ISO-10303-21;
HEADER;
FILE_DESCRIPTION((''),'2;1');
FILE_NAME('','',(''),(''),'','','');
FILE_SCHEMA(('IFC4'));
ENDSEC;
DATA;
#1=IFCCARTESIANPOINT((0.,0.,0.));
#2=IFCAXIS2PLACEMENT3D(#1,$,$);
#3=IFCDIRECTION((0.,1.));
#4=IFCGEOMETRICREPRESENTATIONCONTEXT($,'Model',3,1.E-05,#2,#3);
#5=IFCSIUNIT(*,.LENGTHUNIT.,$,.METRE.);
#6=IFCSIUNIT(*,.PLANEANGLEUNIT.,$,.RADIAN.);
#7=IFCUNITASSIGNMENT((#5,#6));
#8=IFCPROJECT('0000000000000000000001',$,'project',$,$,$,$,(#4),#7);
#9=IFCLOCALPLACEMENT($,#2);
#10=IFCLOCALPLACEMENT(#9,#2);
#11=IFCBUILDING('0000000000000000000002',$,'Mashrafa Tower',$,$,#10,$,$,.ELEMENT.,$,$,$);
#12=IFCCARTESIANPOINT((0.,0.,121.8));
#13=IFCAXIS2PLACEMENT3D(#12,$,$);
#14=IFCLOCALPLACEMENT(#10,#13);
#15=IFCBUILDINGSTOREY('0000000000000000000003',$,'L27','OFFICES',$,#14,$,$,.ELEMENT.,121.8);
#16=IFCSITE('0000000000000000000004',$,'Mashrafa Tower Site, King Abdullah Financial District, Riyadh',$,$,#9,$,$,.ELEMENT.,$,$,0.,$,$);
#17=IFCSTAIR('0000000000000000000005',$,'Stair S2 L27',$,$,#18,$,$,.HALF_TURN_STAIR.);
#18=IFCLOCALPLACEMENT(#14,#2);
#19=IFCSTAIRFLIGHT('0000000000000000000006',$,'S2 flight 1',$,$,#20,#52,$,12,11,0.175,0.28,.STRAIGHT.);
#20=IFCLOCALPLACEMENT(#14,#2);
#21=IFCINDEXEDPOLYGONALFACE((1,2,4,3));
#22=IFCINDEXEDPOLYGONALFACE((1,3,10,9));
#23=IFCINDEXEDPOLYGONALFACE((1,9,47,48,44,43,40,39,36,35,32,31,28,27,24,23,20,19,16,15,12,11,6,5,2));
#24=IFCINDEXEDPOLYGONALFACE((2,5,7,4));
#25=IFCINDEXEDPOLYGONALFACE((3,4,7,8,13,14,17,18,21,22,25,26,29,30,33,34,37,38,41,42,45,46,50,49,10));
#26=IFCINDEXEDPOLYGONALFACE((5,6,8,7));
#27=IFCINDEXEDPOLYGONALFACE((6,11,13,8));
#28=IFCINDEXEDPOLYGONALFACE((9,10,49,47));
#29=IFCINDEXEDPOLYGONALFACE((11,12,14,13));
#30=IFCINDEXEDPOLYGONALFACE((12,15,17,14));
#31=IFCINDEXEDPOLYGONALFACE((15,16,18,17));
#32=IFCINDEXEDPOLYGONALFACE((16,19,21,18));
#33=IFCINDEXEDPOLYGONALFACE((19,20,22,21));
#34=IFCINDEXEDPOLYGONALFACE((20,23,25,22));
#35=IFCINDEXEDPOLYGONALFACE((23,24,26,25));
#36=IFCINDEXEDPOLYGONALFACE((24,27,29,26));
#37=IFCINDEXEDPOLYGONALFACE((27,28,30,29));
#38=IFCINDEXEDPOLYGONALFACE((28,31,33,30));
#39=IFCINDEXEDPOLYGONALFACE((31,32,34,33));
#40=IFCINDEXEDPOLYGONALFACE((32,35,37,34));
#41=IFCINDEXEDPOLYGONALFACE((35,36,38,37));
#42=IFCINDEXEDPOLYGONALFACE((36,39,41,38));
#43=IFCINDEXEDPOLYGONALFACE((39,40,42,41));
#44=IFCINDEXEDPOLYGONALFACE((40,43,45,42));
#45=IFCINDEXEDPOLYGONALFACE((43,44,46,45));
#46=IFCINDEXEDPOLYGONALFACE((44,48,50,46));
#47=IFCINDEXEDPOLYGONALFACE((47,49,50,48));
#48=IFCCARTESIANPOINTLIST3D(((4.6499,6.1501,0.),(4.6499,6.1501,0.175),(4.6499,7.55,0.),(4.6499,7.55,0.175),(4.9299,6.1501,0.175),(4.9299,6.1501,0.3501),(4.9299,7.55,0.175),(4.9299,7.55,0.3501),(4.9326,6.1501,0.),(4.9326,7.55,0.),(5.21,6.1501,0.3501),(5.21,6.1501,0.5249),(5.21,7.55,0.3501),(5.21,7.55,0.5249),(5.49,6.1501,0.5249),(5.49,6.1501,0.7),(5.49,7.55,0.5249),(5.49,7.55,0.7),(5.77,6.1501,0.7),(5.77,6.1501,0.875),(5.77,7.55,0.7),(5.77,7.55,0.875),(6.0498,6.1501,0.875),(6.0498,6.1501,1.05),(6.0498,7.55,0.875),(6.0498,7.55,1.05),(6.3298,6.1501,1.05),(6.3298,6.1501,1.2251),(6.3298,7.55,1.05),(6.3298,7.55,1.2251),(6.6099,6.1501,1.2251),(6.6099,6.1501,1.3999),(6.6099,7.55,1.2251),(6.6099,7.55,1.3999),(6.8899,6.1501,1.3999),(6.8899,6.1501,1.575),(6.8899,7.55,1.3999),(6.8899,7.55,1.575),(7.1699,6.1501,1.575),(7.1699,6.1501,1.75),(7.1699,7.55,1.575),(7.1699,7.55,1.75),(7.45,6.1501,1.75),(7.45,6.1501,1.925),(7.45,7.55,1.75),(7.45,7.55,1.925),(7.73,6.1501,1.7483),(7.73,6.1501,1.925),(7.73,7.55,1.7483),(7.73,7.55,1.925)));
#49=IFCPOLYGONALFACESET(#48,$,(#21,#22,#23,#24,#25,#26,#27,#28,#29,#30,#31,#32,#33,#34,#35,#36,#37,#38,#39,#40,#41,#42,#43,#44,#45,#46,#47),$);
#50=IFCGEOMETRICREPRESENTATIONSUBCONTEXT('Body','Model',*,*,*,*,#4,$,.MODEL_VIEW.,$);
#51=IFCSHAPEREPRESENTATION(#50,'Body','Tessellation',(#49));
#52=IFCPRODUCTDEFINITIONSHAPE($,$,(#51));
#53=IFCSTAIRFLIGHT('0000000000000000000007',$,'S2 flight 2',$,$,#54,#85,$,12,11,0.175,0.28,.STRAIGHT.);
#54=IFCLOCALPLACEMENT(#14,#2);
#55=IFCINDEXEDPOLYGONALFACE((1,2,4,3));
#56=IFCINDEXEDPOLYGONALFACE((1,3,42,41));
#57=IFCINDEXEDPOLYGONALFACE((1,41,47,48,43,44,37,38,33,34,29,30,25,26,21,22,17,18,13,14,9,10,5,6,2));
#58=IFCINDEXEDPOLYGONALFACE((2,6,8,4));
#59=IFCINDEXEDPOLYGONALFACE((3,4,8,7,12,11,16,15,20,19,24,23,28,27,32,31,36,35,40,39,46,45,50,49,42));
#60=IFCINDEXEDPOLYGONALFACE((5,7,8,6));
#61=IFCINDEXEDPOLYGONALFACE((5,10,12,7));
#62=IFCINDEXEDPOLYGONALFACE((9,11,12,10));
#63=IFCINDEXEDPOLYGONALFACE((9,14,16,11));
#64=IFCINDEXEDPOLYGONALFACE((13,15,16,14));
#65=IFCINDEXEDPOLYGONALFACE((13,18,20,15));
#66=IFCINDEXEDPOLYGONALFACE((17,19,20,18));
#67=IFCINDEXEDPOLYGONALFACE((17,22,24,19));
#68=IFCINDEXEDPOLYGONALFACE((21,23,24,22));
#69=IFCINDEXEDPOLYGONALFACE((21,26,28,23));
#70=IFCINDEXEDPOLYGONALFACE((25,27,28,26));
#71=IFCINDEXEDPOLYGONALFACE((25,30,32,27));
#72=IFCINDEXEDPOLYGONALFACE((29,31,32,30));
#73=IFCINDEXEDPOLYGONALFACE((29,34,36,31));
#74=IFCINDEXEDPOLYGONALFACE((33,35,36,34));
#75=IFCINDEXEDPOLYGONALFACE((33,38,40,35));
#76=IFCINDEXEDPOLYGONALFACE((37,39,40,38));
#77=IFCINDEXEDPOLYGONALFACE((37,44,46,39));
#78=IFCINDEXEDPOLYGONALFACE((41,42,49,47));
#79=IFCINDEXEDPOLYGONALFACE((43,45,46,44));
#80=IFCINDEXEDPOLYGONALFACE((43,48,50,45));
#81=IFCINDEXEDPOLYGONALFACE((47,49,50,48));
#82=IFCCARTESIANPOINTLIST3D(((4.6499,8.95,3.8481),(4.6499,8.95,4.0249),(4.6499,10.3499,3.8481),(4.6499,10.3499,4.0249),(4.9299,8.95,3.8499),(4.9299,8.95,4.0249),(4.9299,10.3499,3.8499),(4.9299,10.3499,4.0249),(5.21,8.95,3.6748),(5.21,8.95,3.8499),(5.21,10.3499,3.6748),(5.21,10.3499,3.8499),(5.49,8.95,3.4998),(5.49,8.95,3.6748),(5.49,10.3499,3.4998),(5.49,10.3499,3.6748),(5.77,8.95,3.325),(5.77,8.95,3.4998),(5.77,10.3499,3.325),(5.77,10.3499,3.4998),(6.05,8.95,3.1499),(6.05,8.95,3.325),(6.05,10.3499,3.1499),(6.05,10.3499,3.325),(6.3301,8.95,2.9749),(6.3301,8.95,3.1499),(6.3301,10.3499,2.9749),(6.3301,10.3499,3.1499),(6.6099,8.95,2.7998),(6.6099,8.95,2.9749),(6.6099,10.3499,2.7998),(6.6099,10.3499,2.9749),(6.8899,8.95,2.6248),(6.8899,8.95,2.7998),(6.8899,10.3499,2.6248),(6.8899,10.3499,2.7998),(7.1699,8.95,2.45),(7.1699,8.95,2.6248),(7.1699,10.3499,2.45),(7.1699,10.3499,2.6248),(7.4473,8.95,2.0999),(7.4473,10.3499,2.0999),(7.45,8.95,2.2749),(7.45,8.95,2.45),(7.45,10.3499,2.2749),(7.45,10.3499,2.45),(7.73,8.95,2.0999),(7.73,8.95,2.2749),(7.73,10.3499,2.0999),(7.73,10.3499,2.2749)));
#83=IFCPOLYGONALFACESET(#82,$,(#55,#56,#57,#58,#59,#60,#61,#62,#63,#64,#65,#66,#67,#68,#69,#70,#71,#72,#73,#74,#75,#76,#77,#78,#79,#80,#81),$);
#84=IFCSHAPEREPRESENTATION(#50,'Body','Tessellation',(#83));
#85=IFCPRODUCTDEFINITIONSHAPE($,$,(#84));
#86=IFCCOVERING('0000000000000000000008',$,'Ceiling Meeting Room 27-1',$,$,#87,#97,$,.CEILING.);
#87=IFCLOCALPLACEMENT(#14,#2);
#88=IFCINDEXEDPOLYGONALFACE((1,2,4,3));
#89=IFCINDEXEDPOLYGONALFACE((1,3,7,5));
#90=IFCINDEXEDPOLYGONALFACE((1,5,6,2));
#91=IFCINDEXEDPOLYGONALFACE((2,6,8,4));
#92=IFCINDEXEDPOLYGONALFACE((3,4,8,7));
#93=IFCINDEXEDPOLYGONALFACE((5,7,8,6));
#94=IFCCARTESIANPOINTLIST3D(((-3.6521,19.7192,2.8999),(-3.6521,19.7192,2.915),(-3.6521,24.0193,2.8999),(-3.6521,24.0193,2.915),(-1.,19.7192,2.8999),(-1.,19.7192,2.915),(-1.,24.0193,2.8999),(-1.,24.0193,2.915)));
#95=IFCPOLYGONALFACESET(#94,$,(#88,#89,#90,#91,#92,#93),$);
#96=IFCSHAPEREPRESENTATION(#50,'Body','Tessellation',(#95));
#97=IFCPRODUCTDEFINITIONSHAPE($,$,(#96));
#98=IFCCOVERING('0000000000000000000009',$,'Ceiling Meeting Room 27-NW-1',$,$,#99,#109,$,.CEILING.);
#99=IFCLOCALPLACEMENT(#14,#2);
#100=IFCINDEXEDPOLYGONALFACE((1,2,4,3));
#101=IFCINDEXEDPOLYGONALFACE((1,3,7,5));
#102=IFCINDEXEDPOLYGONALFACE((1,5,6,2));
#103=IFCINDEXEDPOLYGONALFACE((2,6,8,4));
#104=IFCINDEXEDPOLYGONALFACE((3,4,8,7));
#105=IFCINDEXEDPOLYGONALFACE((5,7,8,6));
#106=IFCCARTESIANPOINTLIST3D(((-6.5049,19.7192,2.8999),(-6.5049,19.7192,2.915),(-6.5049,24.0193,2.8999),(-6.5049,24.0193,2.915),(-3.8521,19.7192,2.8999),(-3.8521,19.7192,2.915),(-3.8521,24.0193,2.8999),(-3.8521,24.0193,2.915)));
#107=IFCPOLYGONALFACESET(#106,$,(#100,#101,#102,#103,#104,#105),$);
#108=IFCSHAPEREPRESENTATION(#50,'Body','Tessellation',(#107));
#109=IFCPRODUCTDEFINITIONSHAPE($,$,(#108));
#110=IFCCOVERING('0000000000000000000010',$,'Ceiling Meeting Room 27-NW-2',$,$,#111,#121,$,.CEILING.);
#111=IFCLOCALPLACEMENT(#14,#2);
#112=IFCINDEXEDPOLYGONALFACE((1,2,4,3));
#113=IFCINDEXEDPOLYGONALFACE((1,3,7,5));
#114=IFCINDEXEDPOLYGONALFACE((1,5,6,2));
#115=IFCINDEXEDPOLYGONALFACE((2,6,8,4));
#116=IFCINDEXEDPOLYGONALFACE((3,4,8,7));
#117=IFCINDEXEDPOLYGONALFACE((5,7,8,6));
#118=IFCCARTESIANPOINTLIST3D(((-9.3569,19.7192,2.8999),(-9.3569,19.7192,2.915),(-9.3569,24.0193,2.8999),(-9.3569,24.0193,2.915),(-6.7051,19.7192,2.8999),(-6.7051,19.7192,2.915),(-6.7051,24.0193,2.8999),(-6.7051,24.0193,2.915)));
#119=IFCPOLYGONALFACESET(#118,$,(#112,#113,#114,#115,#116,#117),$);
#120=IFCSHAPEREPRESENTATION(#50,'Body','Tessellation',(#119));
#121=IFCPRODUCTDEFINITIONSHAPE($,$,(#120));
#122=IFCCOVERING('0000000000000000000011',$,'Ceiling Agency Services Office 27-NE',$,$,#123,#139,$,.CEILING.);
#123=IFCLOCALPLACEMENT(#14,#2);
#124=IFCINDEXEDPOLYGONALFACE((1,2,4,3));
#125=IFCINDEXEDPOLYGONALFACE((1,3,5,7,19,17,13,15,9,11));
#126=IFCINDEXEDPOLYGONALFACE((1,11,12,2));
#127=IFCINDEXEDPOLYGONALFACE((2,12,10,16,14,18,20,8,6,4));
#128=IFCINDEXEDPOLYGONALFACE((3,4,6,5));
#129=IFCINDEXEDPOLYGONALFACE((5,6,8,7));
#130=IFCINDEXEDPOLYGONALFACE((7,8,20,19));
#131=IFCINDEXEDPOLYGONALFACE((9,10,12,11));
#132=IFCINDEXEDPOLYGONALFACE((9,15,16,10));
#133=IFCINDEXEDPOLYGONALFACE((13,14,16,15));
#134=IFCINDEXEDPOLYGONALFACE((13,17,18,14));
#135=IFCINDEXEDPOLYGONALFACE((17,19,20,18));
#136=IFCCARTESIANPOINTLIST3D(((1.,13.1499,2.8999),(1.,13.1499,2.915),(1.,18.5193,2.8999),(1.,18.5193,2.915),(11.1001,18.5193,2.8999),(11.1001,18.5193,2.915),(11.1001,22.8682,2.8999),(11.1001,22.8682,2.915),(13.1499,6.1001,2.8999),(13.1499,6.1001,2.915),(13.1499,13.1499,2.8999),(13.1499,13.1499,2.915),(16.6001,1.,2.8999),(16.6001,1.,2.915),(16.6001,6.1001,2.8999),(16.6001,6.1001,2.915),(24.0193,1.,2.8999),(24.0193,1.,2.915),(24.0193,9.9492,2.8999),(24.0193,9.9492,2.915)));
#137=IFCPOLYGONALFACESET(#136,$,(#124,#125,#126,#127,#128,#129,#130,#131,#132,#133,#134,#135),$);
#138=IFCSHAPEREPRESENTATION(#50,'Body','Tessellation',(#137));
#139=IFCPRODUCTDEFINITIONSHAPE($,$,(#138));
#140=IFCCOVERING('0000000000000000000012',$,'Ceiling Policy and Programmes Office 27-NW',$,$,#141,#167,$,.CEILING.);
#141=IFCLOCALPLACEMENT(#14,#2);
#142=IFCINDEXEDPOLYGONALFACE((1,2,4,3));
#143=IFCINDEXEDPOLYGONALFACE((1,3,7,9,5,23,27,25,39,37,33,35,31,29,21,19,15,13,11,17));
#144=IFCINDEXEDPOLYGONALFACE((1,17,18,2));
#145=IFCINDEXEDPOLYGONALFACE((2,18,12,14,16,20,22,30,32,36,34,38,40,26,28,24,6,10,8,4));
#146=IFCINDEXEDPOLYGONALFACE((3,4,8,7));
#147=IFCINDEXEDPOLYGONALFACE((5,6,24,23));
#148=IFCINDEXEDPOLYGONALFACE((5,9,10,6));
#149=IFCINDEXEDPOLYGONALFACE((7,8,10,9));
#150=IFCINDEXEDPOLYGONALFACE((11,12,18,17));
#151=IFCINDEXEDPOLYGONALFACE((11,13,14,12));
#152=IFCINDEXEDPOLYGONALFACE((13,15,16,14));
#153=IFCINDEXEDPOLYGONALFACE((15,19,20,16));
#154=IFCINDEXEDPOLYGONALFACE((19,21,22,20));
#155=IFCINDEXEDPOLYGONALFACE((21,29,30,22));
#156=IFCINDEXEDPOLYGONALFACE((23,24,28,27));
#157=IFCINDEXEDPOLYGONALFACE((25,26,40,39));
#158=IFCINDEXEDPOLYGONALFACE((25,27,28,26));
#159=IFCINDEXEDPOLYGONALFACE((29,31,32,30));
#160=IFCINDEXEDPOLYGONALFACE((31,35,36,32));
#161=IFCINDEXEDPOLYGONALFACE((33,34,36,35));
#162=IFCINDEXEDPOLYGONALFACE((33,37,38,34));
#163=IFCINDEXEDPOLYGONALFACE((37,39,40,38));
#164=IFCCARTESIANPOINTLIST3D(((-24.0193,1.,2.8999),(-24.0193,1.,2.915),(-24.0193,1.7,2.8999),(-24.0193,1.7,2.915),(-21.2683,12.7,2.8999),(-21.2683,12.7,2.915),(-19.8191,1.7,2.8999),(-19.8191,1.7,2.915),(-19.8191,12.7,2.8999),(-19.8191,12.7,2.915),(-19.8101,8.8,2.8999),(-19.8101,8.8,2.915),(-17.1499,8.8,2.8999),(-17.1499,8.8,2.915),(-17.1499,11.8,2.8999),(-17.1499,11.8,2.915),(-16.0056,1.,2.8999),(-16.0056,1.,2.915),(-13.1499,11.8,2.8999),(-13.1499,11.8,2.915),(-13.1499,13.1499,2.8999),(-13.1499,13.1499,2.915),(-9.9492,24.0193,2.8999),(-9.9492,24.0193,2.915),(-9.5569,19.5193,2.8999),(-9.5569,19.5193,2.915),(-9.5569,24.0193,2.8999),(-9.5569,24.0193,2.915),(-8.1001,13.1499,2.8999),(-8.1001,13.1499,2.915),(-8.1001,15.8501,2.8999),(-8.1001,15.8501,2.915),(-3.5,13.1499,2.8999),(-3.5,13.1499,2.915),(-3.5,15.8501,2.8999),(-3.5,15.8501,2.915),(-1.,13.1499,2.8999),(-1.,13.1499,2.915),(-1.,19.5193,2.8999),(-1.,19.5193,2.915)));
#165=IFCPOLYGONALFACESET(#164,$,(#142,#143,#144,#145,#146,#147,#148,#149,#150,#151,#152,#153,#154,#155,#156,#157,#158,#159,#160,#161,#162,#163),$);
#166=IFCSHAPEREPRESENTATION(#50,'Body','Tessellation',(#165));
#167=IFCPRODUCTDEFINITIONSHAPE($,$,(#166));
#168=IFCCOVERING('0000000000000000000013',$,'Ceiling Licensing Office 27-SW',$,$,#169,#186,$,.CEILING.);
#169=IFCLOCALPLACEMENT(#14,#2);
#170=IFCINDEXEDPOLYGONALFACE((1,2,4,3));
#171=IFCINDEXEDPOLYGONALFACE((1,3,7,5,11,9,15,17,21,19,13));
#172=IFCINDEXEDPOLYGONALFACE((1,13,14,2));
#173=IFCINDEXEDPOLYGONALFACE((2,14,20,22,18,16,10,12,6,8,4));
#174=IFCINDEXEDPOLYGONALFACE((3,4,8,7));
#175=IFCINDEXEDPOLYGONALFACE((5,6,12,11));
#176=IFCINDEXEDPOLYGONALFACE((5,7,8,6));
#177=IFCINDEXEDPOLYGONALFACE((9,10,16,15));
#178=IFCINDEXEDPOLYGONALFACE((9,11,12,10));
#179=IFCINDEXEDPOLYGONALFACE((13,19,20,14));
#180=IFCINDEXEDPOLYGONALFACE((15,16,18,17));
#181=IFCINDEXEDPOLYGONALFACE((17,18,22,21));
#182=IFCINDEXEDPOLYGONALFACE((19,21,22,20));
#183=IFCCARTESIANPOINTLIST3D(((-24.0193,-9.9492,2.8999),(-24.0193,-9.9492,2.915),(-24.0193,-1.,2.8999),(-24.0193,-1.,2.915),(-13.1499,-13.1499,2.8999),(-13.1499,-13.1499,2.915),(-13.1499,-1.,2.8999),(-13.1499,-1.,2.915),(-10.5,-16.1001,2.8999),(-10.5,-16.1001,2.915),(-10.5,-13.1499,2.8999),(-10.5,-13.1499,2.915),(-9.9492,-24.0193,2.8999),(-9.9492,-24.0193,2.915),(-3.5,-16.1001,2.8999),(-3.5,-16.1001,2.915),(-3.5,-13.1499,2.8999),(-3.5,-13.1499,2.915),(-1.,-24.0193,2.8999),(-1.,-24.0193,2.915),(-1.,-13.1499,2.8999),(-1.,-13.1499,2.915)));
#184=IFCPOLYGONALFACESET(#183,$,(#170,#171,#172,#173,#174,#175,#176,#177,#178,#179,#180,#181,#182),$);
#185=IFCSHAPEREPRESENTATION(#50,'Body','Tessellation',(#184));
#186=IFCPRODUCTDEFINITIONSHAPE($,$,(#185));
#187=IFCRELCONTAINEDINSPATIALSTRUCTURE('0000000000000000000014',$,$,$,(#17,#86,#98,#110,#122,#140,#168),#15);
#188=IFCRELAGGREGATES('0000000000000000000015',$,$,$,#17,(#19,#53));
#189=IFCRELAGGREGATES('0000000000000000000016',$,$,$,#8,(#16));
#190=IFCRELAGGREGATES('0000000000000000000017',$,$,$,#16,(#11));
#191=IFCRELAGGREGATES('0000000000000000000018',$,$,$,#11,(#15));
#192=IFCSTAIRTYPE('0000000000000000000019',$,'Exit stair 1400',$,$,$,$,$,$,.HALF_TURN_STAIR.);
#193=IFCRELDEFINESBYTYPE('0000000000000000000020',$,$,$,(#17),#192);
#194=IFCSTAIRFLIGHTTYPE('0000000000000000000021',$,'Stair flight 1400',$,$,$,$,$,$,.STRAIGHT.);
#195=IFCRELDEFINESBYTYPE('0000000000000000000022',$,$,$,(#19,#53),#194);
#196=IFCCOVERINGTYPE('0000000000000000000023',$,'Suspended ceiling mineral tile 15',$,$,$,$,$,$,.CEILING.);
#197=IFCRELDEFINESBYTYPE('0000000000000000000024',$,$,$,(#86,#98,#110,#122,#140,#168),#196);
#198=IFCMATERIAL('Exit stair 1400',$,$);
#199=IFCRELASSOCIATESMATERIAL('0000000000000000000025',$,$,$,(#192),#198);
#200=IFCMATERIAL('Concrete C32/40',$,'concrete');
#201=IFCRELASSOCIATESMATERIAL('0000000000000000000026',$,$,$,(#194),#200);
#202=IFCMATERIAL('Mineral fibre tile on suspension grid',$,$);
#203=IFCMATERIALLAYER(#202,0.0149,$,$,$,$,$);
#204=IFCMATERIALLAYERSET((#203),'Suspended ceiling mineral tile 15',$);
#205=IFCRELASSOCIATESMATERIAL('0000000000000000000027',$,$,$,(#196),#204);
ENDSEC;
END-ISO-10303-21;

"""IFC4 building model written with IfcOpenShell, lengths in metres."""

from ifc_helpers import new_model, si_unit, direction, frame, origin, place, context, subcontext, project, spatial, polyline, outline, extrude, material, layer, layer_set, type_object, element, aggregate, save


model = new_model("IFC4")

# Units and contexts
model_context = context("Model", 3, precision=1e-05, world=origin(), true_north=direction((0.0, 1.0)))
body_context = subcontext(model_context, "Body", "Model", "MODEL_VIEW")
ifc_project = project(units=[si_unit("LENGTHUNIT", "METRE"), si_unit("PLANEANGLEUNIT", "RADIAN")], contexts=[model_context])

# Site, building, storey
site_placement = place(None, origin())
site = spatial("IfcSite", under=ifc_project, at=site_placement, Name="Mashrafa Tower Site, King Abdullah Financial District, Riyadh", CompositionType="ELEMENT", RefElevation=0.0)
building_placement = place(site_placement, origin())
building = spatial("IfcBuilding", under=site, at=building_placement, Name="Mashrafa Tower", CompositionType="ELEMENT")
storey_placement = place(building_placement, frame((0.0, 0.0, 121.8)))
storey = spatial("IfcBuildingStorey", under=building, at=storey_placement, Name="L27", Description="OFFICES", CompositionType="ELEMENT", Elevation=121.8)

# Stair, stair flights
ifc_material_1 = material(Name="Exit stair 1400")
stair_type = type_object("IfcStairType", Name="Exit stair 1400", PredefinedType="HALF_TURN_STAIR", material=ifc_material_1)
stair_placement = place(storey_placement, origin())
stair = element("IfcStair", 1, at=stair_placement, inside=storey, type_object=stair_type, Name="Stair S2 L27", PredefinedType="HALF_TURN_STAIR")
ifc_material_2 = material(Name="Concrete C32/40", Category="concrete")
stair_flight_type = type_object("IfcStairFlightType", Name="Stair flight 1400", PredefinedType="STRAIGHT", material=ifc_material_2)
stair_flight_1_placement = place(storey_placement, frame((4.6499, 6.8501, 0.0), z_axis=(0.0, 0.0, 1.0), x_axis=(1.0, 0.0, 0.0)))
stair_flight_1 = element("IfcStairFlight", 2, at=stair_flight_1_placement, type_object=stair_flight_type, Name="S2 flight 1", NumberOfRisers=12, NumberOfTreads=11, PredefinedType="STRAIGHT", RiserHeight=0.175, TreadLength=0.28, context=body_context, shape_type="SweptSolid", body=[
    extrude(outline(polyline([(0.0, 0.0), (0.0, 0.175), (0.28, 0.175), (0.28, 0.3501), (0.5601, 0.3501), (0.5601, 0.5249), (0.8401, 0.5249), (0.8401, 0.7), (1.1201, 0.7), (1.1201, 0.875), (1.3999, 0.875), (1.3999, 1.05), (1.6799, 1.05), (1.6799, 1.2251), (1.96, 1.2251), (1.96, 1.3999), (2.24, 1.3999), (2.24, 1.575), (2.52, 1.575), (2.52, 1.75), (2.8, 1.75), (2.8, 1.925), (3.0801, 1.925), (3.0801, 2.1001), (3.0801, 1.7483), (0.2827, 0.0), (0.0, 0.0)])), frame((0.0, 0.7, 0.0), z_axis=(0.0, -1.0, 0.0), x_axis=(1.0, 0.0, 0.0)), (0.0, 0.0, 1.0), 1.3999),
])
stair_flight_2_placement = place(storey_placement, frame((7.73, 9.6499, 2.0999), z_axis=(0.0, 0.0, 1.0), x_axis=(-1.0, 0.0, 0.0)))
stair_flight_2 = element("IfcStairFlight", 3, at=stair_flight_2_placement, type_object=stair_flight_type, Name="S2 flight 2", NumberOfRisers=12, NumberOfTreads=11, PredefinedType="STRAIGHT", RiserHeight=0.175, TreadLength=0.28, context=body_context, shape_type="SweptSolid", body=[
    extrude(outline(polyline([(0.0, 0.0), (0.0, 0.175), (0.28, 0.175), (0.28, 0.3501), (0.5601, 0.3501), (0.5601, 0.5249), (0.8401, 0.5249), (0.8401, 0.7), (1.1201, 0.7), (1.1201, 0.875), (1.3999, 0.875), (1.3999, 1.05), (1.6799, 1.05), (1.6799, 1.2251), (1.96, 1.2251), (1.96, 1.3999), (2.24, 1.3999), (2.24, 1.575), (2.52, 1.575), (2.52, 1.75), (2.8, 1.75), (2.8, 1.925), (3.0801, 1.925), (3.0801, 2.1001), (3.0801, 1.7483), (0.2827, 0.0), (0.0, 0.0)])), frame((0.0, 0.7, 0.0), z_axis=(0.0, -1.0, 0.0), x_axis=(1.0, 0.0, 0.0)), (0.0, 0.0, 1.0), 1.3999),
])
aggregate(stair, [stair_flight_1, stair_flight_2])

# Coverings
ifc_material_3 = material(Name="Mineral fibre tile on suspension grid")
ifc_layer_1 = layer(ifc_material_3, 0.0149)
ifc_layer_set_1 = layer_set([ifc_layer_1], Name="Suspended ceiling mineral tile 15")
covering_type = type_object("IfcCoveringType", Name="Suspended ceiling mineral tile 15", PredefinedType="CEILING", material=ifc_layer_set_1)
covering_1_placement = place(storey_placement, frame((0.0, 0.0, 2.8999)))
element("IfcCovering", 4, at=covering_1_placement, inside=storey, type_object=covering_type, Name="Ceiling Meeting Room 27-1", PredefinedType="CEILING", context=body_context, shape_type="SweptSolid", body=[
    extrude(outline(polyline([(-3.6521, 24.0193), (-1.0, 24.0193), (-1.0, 19.7192), (-3.6521, 19.7192), (-3.6521, 24.0193)])), origin(), (0.0, 0.0, 1.0), 0.0151),
])
covering_2_placement = place(storey_placement, frame((0.0, 0.0, 2.8999)))
element("IfcCovering", 5, at=covering_2_placement, inside=storey, type_object=covering_type, Name="Ceiling Meeting Room 27-NW-1", PredefinedType="CEILING", context=body_context, shape_type="SweptSolid", body=[
    extrude(outline(polyline([(-6.5049, 24.0193), (-3.8521, 24.0193), (-3.8521, 19.7192), (-6.5049, 19.7192), (-6.5049, 24.0193)])), origin(), (0.0, 0.0, 1.0), 0.0151),
])
covering_3_placement = place(storey_placement, frame((0.0, 0.0, 2.8999)))
element("IfcCovering", 6, at=covering_3_placement, inside=storey, type_object=covering_type, Name="Ceiling Meeting Room 27-NW-2", PredefinedType="CEILING", context=body_context, shape_type="SweptSolid", body=[
    extrude(outline(polyline([(-9.3569, 24.0193), (-6.7051, 24.0193), (-6.7051, 19.7192), (-9.3569, 19.7192), (-9.3569, 24.0193)])), origin(), (0.0, 0.0, 1.0), 0.0151),
])
covering_4_placement = place(storey_placement, frame((0.0, 0.0, 2.8999)))
element("IfcCovering", 7, at=covering_4_placement, inside=storey, type_object=covering_type, Name="Ceiling Agency Services Office 27-NE", PredefinedType="CEILING", context=body_context, shape_type="SweptSolid", body=[
    extrude(outline(polyline([(11.1001, 22.8682), (24.0193, 9.9492), (24.0193, 1.0), (16.6001, 1.0), (16.6001, 6.1001), (13.1499, 6.1001), (13.1499, 13.1499), (1.0, 13.1499), (1.0, 18.5193), (11.1001, 18.5193), (11.1001, 22.8682)])), origin(), (0.0, 0.0, 1.0), 0.0151),
])
covering_5_placement = place(storey_placement, frame((0.0, 0.0, 2.8999)))
element("IfcCovering", 8, at=covering_5_placement, inside=storey, type_object=covering_type, Name="Ceiling Policy and Programmes Office 27-NW", PredefinedType="CEILING", context=body_context, shape_type="SweptSolid", body=[
    extrude(outline(polyline([(-24.0193, 1.0), (-24.0193, 1.7), (-19.8191, 1.7), (-19.8191, 12.7), (-21.2683, 12.7), (-9.9492, 24.0193), (-9.5569, 24.0193), (-9.5569, 19.5193), (-1.0, 19.5193), (-1.0, 13.1499), (-3.5, 13.1499), (-3.5, 15.8501), (-8.1001, 15.8501), (-8.1001, 13.1499), (-13.1499, 13.1499), (-13.1499, 11.8), (-17.1499, 11.8), (-17.1499, 8.8), (-19.8101, 8.8), (-16.0056, 1.0), (-24.0193, 1.0)])), origin(), (0.0, 0.0, 1.0), 0.0151),
])
covering_6_placement = place(storey_placement, frame((0.0, 0.0, 2.8999)))
element("IfcCovering", 9, at=covering_6_placement, inside=storey, type_object=covering_type, Name="Ceiling Licensing Office 27-SW", PredefinedType="CEILING", context=body_context, shape_type="SweptSolid", body=[
    extrude(outline(polyline([(-1.0, -24.0193), (-9.9492, -24.0193), (-24.0193, -9.9492), (-24.0193, -1.0), (-13.1499, -1.0), (-13.1499, -13.1499), (-10.5, -13.1499), (-10.5, -16.1001), (-3.5, -16.1001), (-3.5, -13.1499), (-1.0, -13.1499), (-1.0, -24.0193)])), origin(), (0.0, 0.0, 1.0), 0.0151),
])

save(model, "model.ifc")
